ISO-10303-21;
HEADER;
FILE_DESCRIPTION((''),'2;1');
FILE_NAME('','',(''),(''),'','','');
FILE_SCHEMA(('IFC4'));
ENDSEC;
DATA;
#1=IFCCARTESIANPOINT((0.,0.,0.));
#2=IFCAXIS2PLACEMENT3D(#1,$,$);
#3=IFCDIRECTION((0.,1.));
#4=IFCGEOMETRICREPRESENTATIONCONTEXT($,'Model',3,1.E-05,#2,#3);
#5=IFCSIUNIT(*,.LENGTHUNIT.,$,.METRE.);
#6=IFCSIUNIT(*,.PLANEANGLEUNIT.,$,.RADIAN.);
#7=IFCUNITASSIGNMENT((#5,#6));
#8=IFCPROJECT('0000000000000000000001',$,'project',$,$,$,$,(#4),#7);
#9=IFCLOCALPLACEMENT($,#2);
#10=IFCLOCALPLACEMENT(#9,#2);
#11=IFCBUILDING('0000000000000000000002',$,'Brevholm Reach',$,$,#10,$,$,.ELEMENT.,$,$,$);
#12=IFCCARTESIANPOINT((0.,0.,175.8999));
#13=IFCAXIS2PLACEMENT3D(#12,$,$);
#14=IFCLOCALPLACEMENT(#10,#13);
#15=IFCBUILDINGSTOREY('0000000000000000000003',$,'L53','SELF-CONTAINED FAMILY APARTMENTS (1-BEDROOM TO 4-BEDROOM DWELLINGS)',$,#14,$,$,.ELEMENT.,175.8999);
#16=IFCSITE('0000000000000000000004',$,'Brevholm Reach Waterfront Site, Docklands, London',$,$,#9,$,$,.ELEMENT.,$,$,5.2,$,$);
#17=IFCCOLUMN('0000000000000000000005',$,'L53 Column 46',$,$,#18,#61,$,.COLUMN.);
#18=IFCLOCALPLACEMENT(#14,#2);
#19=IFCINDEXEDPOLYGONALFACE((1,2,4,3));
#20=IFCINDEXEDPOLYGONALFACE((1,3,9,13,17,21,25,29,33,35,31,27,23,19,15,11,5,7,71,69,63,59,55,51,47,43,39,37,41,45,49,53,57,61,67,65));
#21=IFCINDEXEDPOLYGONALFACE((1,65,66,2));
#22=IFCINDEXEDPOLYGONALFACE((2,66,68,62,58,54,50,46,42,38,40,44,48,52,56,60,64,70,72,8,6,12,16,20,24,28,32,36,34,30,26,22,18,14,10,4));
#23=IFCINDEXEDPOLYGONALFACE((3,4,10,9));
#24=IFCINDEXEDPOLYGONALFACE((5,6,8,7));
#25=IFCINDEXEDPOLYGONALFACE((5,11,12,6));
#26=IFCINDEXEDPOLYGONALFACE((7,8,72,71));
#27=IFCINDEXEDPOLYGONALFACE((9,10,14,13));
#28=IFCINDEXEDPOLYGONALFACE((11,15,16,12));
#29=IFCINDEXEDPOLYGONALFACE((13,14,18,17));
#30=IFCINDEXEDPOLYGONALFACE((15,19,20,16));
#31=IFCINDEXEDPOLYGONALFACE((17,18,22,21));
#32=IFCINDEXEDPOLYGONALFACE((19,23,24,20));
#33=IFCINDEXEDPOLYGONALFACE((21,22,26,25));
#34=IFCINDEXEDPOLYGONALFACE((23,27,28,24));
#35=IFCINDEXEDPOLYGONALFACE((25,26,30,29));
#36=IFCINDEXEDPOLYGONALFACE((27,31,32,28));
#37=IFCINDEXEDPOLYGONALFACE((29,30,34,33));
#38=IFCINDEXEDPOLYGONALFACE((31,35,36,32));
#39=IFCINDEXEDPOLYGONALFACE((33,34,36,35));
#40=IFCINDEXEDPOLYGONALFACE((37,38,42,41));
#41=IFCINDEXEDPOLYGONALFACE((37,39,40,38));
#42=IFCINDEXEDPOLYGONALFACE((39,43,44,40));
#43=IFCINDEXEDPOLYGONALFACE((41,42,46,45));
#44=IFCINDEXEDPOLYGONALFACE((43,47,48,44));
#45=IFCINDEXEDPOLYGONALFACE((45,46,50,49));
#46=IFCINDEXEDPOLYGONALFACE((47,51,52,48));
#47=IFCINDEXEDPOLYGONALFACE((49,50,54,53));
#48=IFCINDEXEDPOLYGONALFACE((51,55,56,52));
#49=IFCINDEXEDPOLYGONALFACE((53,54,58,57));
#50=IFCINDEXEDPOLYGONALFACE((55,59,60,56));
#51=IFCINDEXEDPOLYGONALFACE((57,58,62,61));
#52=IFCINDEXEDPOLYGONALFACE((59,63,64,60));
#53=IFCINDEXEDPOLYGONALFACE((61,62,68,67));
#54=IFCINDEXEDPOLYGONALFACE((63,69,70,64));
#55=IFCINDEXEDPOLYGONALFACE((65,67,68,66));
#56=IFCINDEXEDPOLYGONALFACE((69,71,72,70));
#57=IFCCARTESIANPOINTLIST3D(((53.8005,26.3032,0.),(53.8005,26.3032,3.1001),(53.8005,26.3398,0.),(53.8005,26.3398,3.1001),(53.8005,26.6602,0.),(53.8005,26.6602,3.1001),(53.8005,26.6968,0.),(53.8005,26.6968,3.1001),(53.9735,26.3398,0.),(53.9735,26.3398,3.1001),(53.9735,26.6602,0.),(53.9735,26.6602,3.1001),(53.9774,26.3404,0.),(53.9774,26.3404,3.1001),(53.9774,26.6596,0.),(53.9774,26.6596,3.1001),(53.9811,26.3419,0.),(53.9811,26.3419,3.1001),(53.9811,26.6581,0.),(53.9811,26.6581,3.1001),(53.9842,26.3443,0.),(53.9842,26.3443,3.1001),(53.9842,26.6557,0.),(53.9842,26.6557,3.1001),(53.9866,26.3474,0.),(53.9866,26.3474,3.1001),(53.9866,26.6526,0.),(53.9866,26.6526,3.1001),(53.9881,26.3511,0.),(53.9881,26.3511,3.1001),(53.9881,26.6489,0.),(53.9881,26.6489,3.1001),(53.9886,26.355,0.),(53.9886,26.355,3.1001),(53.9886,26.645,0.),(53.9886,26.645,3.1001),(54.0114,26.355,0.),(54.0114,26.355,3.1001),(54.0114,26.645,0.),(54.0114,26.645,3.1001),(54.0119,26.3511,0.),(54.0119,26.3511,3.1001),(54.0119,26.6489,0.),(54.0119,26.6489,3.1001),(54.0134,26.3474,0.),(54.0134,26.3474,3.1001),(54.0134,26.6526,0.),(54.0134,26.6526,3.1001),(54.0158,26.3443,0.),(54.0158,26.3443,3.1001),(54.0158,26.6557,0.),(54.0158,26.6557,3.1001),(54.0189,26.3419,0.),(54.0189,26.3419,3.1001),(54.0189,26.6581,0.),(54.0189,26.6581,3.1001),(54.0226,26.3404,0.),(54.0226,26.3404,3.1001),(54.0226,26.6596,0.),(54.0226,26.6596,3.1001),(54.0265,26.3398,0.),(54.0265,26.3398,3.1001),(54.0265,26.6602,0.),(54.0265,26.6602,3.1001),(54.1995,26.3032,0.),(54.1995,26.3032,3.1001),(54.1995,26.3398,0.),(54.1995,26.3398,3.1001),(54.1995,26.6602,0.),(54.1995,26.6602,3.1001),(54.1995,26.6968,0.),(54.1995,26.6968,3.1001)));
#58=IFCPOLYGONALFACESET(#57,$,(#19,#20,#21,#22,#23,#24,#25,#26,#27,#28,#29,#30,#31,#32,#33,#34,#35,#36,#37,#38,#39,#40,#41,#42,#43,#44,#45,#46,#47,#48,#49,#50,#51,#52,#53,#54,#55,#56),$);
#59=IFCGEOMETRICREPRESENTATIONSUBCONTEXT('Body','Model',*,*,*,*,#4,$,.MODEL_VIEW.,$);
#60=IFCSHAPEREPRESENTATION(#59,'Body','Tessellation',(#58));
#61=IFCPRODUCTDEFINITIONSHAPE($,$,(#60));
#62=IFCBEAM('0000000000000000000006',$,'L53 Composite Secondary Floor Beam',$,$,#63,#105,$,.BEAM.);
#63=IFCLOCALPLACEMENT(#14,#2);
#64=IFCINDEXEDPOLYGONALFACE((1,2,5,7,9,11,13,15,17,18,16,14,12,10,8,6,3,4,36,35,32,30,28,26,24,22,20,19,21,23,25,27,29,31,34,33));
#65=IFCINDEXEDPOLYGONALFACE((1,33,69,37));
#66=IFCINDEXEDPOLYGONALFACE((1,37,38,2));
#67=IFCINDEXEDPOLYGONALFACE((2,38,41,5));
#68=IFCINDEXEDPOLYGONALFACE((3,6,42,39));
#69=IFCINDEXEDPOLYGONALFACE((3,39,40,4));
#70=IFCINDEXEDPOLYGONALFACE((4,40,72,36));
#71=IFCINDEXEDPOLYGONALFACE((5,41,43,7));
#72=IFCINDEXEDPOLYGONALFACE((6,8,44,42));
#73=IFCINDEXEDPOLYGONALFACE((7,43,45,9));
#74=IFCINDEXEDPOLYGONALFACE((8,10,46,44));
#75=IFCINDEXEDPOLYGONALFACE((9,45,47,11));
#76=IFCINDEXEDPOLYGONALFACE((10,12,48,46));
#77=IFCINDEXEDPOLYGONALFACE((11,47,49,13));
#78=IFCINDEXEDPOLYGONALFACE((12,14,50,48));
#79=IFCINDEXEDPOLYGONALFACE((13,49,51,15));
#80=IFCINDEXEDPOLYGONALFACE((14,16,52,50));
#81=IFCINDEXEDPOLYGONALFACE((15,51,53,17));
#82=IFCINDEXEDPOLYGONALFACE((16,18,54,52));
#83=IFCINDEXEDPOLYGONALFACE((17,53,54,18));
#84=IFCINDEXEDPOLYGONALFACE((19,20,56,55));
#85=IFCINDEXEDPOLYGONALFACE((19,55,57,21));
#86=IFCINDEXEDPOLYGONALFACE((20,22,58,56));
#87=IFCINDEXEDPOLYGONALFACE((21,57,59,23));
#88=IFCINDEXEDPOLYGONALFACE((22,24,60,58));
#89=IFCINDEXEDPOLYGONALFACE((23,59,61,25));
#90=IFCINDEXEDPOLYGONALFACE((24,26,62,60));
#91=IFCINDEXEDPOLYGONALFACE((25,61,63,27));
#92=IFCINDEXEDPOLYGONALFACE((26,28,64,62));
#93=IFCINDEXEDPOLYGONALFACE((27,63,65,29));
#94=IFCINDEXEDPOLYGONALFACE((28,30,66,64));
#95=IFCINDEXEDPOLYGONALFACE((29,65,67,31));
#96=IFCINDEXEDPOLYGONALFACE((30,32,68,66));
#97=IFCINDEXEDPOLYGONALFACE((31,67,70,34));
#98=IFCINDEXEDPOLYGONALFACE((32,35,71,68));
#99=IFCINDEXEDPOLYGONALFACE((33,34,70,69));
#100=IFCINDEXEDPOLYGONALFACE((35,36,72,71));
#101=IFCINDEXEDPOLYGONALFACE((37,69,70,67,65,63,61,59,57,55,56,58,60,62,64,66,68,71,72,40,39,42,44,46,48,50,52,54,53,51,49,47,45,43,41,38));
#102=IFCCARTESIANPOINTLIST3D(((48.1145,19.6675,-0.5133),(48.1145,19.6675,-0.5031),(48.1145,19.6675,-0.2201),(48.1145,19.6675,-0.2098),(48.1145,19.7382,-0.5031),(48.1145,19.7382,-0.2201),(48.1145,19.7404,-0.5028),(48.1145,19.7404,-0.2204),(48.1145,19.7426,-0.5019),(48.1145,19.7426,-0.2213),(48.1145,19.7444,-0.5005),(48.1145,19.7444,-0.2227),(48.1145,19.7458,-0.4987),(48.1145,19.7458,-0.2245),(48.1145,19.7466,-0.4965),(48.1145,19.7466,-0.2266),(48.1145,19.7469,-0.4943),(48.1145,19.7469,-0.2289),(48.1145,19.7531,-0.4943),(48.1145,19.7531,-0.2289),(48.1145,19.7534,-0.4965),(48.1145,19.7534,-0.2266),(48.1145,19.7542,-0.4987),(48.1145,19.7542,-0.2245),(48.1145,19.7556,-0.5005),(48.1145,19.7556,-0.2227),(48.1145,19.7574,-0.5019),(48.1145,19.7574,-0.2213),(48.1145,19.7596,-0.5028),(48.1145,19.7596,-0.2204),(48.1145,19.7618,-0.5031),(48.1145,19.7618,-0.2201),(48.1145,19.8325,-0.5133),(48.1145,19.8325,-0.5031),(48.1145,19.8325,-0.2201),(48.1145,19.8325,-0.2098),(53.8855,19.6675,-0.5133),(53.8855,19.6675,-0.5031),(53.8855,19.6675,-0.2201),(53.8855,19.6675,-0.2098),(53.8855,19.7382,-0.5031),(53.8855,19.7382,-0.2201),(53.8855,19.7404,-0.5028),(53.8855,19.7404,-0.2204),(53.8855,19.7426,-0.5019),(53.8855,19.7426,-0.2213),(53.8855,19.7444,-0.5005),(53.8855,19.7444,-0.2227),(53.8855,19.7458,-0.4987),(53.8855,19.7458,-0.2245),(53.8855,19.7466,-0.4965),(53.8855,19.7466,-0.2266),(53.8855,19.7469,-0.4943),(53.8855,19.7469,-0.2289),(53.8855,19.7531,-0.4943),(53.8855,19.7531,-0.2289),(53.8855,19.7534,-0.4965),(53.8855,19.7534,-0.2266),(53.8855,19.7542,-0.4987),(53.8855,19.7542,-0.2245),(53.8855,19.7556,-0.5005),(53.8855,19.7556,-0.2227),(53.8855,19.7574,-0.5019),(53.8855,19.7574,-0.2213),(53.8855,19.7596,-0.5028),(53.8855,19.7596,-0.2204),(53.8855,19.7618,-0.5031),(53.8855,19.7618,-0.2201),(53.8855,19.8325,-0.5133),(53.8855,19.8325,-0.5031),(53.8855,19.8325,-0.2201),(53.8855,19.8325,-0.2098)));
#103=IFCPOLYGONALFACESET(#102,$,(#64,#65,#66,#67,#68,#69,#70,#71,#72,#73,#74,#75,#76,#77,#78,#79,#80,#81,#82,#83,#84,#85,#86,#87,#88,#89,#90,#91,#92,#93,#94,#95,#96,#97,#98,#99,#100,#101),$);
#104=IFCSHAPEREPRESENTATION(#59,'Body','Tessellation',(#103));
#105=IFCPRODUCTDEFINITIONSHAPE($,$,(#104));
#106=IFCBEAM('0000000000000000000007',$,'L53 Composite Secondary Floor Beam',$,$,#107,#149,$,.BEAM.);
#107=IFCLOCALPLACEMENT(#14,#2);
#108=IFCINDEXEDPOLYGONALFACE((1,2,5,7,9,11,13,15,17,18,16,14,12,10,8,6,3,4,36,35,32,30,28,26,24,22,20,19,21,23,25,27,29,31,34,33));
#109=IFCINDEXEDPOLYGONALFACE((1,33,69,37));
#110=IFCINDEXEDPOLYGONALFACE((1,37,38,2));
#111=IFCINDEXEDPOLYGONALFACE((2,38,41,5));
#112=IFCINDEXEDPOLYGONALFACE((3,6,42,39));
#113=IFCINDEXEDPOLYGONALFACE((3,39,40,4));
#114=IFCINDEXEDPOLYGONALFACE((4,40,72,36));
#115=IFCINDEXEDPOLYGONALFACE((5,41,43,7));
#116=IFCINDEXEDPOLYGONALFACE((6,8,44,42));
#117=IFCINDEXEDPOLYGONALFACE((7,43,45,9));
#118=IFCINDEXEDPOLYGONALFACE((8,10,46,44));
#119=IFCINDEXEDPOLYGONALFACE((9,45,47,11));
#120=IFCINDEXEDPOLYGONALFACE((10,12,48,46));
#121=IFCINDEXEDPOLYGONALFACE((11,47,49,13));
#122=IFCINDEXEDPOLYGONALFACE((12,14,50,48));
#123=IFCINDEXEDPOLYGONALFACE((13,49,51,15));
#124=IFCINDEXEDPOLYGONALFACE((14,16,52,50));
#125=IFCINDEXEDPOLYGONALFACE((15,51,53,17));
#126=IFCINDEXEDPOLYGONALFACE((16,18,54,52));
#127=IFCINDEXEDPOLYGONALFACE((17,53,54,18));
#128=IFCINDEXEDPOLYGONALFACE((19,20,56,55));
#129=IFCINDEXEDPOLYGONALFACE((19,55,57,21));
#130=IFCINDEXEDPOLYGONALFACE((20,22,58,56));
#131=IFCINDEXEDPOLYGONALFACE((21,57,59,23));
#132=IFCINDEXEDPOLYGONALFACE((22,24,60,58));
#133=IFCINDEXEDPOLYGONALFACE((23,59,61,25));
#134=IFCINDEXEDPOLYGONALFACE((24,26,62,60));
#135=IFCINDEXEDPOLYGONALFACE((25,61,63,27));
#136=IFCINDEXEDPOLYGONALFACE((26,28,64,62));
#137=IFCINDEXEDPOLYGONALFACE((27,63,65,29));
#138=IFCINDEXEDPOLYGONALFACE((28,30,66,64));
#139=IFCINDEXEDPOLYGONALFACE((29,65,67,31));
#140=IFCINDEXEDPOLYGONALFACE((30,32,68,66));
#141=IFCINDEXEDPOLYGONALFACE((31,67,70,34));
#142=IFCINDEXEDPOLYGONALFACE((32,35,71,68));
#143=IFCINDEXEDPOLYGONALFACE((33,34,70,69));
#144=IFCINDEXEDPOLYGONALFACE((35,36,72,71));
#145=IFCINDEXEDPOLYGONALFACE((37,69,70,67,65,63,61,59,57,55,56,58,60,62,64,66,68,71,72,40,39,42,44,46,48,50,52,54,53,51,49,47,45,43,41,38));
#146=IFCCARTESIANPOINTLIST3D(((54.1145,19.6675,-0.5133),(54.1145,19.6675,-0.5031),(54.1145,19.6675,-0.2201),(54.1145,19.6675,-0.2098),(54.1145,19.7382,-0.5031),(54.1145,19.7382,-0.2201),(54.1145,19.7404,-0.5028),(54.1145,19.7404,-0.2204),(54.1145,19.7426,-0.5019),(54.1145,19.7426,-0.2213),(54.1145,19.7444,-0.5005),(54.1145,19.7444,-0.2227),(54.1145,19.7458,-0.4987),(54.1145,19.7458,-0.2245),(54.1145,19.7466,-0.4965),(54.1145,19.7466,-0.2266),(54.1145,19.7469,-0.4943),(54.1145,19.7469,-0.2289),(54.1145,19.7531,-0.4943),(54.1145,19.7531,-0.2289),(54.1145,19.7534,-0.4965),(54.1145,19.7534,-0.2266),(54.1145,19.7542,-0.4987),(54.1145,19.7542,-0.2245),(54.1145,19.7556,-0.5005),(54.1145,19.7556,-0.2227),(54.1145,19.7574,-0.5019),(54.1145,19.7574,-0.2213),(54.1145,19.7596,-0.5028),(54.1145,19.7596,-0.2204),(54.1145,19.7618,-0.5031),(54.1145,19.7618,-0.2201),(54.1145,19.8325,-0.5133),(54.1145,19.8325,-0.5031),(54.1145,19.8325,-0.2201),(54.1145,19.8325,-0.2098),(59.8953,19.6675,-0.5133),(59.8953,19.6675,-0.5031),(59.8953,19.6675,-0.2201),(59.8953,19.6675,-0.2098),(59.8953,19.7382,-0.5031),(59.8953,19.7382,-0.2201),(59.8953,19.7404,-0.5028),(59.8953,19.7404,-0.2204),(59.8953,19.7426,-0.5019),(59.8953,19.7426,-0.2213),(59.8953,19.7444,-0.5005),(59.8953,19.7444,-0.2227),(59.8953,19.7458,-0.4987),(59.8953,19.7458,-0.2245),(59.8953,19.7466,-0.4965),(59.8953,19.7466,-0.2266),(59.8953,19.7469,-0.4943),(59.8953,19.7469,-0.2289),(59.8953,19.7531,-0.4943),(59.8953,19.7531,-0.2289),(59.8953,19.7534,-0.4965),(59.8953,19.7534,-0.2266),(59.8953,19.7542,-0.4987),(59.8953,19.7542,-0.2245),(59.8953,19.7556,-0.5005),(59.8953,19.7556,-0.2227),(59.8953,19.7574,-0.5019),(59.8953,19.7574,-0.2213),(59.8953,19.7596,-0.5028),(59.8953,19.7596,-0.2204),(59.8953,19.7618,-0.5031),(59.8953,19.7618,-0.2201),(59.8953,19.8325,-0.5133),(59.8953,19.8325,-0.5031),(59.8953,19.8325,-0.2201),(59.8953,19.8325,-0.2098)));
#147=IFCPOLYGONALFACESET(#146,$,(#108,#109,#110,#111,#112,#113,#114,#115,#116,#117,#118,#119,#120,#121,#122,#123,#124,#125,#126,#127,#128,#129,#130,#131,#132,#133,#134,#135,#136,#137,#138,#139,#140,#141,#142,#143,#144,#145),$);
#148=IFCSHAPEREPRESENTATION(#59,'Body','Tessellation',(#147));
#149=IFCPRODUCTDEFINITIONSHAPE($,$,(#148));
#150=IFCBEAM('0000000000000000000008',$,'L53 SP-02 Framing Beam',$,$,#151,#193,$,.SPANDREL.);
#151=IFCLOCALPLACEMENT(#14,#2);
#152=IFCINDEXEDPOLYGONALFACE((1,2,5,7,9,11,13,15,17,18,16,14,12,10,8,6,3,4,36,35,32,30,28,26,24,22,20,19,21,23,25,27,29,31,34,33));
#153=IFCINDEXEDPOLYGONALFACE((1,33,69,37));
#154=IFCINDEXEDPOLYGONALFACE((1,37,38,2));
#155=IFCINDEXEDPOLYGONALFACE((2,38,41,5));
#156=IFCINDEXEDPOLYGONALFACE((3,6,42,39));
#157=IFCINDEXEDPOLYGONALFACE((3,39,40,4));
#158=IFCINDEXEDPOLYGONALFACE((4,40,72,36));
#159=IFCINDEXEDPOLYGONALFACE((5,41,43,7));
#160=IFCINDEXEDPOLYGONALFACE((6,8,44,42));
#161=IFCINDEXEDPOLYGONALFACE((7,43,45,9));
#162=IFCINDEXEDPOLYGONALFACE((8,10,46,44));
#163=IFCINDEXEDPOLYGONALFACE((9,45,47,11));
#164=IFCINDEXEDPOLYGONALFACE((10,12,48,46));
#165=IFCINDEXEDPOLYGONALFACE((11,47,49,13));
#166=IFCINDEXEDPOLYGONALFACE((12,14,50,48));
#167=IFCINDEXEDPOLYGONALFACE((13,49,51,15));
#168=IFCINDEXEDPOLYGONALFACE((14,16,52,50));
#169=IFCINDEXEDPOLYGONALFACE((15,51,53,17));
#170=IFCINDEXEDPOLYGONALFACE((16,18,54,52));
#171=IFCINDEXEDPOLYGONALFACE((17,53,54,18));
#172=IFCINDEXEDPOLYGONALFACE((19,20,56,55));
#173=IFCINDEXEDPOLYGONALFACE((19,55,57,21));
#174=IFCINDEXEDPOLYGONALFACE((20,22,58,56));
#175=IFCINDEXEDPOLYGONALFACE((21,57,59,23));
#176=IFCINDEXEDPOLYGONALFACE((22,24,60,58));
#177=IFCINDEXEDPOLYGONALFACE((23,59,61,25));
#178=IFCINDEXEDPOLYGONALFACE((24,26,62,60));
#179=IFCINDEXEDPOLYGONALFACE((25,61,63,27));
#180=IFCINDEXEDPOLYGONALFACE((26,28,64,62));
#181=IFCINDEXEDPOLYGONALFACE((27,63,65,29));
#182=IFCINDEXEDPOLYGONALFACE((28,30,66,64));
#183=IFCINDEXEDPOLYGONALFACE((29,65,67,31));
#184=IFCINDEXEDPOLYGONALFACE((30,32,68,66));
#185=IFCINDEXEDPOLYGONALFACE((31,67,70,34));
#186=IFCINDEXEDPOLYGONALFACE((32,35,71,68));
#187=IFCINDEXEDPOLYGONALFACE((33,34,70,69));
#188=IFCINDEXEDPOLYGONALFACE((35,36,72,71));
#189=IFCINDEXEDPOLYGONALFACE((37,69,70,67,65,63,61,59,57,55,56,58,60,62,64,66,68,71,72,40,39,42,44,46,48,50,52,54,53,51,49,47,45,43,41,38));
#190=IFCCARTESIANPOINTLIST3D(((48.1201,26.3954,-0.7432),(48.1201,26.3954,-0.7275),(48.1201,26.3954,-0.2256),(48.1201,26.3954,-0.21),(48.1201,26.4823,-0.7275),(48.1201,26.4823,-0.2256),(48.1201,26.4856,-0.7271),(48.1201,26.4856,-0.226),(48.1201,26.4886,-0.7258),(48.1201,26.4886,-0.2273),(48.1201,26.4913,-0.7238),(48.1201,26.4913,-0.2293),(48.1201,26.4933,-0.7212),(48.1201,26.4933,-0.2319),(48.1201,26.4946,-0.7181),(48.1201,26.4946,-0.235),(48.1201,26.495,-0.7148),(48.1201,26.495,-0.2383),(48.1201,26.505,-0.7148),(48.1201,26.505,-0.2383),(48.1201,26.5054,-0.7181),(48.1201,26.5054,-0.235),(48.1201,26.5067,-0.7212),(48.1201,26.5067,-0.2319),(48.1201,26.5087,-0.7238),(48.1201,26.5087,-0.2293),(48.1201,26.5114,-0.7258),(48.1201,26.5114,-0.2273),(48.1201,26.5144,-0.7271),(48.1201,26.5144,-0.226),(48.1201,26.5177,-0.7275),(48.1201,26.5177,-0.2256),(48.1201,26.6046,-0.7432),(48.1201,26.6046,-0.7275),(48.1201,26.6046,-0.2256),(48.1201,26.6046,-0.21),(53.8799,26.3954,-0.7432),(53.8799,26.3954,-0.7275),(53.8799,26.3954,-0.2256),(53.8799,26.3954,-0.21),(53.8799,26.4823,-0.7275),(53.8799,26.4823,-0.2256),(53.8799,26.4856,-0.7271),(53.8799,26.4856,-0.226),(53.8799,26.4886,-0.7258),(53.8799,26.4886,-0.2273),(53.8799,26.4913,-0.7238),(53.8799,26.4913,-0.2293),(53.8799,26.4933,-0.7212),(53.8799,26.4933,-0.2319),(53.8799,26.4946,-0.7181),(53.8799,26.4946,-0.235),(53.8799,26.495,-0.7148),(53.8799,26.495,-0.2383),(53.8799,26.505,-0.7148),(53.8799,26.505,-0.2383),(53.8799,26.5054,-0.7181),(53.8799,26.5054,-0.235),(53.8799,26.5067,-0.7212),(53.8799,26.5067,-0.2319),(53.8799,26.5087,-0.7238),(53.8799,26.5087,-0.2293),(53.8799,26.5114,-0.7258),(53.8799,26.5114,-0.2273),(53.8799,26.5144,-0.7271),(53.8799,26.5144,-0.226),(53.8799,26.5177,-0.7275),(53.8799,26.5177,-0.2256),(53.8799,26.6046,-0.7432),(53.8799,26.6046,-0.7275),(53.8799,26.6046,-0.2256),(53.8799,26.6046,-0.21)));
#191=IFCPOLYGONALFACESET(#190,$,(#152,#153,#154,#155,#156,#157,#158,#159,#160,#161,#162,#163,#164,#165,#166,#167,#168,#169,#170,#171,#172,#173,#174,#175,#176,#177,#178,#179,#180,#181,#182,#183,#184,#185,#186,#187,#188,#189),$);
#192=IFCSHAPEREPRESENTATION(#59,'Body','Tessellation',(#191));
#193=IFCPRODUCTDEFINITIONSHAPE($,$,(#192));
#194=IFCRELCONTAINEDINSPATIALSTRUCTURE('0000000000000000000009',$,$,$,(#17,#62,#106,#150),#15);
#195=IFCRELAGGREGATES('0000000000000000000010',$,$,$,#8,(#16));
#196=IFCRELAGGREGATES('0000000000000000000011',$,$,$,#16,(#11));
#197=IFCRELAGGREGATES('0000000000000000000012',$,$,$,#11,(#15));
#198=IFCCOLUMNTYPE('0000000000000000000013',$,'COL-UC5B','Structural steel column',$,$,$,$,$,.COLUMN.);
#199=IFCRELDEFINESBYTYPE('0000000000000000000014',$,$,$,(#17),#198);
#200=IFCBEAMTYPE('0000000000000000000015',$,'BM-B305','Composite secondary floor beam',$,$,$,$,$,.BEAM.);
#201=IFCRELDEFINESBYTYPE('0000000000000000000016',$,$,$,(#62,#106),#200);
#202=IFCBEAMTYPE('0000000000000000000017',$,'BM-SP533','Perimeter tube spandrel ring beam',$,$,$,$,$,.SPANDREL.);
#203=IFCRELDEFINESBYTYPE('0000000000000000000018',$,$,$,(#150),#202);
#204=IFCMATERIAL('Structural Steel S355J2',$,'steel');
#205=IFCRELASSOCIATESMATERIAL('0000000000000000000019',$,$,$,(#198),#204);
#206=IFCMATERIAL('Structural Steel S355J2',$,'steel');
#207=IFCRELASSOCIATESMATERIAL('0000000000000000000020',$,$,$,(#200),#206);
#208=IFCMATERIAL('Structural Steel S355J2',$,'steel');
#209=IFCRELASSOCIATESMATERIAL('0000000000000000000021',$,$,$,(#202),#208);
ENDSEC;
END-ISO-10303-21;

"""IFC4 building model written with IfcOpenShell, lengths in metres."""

from ifc_helpers import new_model, si_unit, direction, frame, origin, origin_2d, place, context, subcontext, project, spatial, i_section, extrude, material, material_profile, profile_set, type_object, element, save


model = new_model("IFC4")

# Units and contexts
model_context = context("Model", 3, precision=1e-05, world=origin(), true_north=direction((0.0, 1.0)))
body_context = subcontext(model_context, "Body", "Model", "MODEL_VIEW")
ifc_project = project(units=[si_unit("LENGTHUNIT", "METRE"), si_unit("PLANEANGLEUNIT", "RADIAN")], contexts=[model_context])

# Site, building, storey
site_placement = place(None, origin())
site = spatial("IfcSite", under=ifc_project, at=site_placement, Name="Brevholm Reach Waterfront Site, Docklands, London", CompositionType="ELEMENT", RefElevation=5.2)
building_placement = place(site_placement, origin())
building = spatial("IfcBuilding", under=site, at=building_placement, Name="Brevholm Reach", CompositionType="ELEMENT")
storey_placement = place(building_placement, frame((0.0, 0.0, 175.8999)))
storey = spatial("IfcBuildingStorey", under=building, at=storey_placement, Name="L53", Description="SELF-CONTAINED FAMILY APARTMENTS (1-BEDROOM TO 4-BEDROOM DWELLINGS)", CompositionType="ELEMENT", Elevation=175.8999)

# Column
ifc_material_1 = material(Name="Structural Steel S355J2", Category="steel")
ifc_material_profile_1 = material_profile(ifc_material_1, i_section(OverallWidth=0.3989, OverallDepth=0.3936, WebThickness=0.0227, FlangeThickness=0.0366, FilletRadius=0.0151, at=origin_2d()), Name="UKC 356x406x287")
ifc_profile_set_1 = profile_set([ifc_material_profile_1], Name="Structural Steel S355J2")
column_type = type_object("IfcColumnType", Name="COL-UC5B", Description="Structural steel column", PredefinedType="COLUMN", material=ifc_profile_set_1)
for number, where, z_axis, x_axis, name in (
    (1, (54.0, 26.5, 0.0), (0.0, 0.0, 1.0), (1.0, 0.0, 0.0), "L53 Column 46"),
):
    element("IfcColumn", number, at=place(storey_placement, frame(where, z_axis=z_axis, x_axis=x_axis)), inside=storey, type_object=column_type, Name=name, PredefinedType="COLUMN", context=body_context, shape_type="SweptSolid", body=[
        extrude(i_section(OverallWidth=0.3989, OverallDepth=0.3936, WebThickness=0.0227, FlangeThickness=0.0366, FilletRadius=0.0151, at=origin_2d()), origin(), (0.0, 0.0, 1.0), 3.1001),
    ])

# Beams
ifc_material_2 = material(Name="Structural Steel S355J2", Category="steel")
ifc_material_profile_2 = material_profile(ifc_material_2, i_section(OverallWidth=0.165, OverallDepth=0.3035, WebThickness=0.0061, FlangeThickness=0.0103, FilletRadius=0.0088, at=origin_2d()), Name="UKB 305x165x40")
ifc_profile_set_2 = profile_set([ifc_material_profile_2], Name="Structural Steel S355J2")
beam_type_1 = type_object("IfcBeamType", Name="BM-B305", Description="Composite secondary floor beam", PredefinedType="BEAM", material=ifc_profile_set_2)
beam_1_placement = place(storey_placement, frame((48.1145, 19.75, -0.3616), z_axis=(1.0, 0.0, 0.0), x_axis=(0.0, 1.0, 0.0)))
element("IfcBeam", 2, at=beam_1_placement, inside=storey, type_object=beam_type_1, Name="L53 Composite Secondary Floor Beam", PredefinedType="BEAM", context=body_context, shape_type="SweptSolid", body=[
    extrude(i_section(OverallWidth=0.165, OverallDepth=0.3035, WebThickness=0.0061, FlangeThickness=0.0103, FilletRadius=0.0088, at=origin_2d()), origin(), (0.0, 0.0, 1.0), 5.771),
])
beam_2_placement = place(storey_placement, frame((54.1145, 19.75, -0.3616), z_axis=(1.0, 0.0, 0.0), x_axis=(0.0, 1.0, 0.0)))
element("IfcBeam", 3, at=beam_2_placement, inside=storey, type_object=beam_type_1, Name="L53 Composite Secondary Floor Beam", PredefinedType="BEAM", context=body_context, shape_type="SweptSolid", body=[
    extrude(i_section(OverallWidth=0.165, OverallDepth=0.3035, WebThickness=0.0061, FlangeThickness=0.0103, FilletRadius=0.0088, at=origin_2d()), origin(), (0.0, 0.0, 1.0), 5.7808),
])
ifc_material_3 = material(Name="Structural Steel S355J2", Category="steel")
ifc_material_profile_3 = material_profile(ifc_material_3, i_section(OverallWidth=0.2092, OverallDepth=0.5332, WebThickness=0.01, FlangeThickness=0.0156, FilletRadius=0.0127, at=origin_2d()), Name="UKB 533x210x92")
ifc_profile_set_3 = profile_set([ifc_material_profile_3], Name="Structural Steel S355J2")
beam_type_2 = type_object("IfcBeamType", Name="BM-SP533", Description="Perimeter tube spandrel ring beam", PredefinedType="SPANDREL", material=ifc_profile_set_3)
beam_3_placement = place(storey_placement, frame((48.1201, 26.5, -0.4766), z_axis=(1.0, 0.0, 0.0), x_axis=(0.0, 1.0, 0.0)))
element("IfcBeam", 4, at=beam_3_placement, inside=storey, type_object=beam_type_2, Name="L53 SP-02 Framing Beam", PredefinedType="SPANDREL", context=body_context, shape_type="SweptSolid", body=[
    extrude(i_section(OverallWidth=0.2092, OverallDepth=0.5332, WebThickness=0.01, FlangeThickness=0.0156, FilletRadius=0.0127, at=origin_2d()), origin(), (0.0, 0.0, 1.0), 5.7598),
])

save(model, "model.ifc")
